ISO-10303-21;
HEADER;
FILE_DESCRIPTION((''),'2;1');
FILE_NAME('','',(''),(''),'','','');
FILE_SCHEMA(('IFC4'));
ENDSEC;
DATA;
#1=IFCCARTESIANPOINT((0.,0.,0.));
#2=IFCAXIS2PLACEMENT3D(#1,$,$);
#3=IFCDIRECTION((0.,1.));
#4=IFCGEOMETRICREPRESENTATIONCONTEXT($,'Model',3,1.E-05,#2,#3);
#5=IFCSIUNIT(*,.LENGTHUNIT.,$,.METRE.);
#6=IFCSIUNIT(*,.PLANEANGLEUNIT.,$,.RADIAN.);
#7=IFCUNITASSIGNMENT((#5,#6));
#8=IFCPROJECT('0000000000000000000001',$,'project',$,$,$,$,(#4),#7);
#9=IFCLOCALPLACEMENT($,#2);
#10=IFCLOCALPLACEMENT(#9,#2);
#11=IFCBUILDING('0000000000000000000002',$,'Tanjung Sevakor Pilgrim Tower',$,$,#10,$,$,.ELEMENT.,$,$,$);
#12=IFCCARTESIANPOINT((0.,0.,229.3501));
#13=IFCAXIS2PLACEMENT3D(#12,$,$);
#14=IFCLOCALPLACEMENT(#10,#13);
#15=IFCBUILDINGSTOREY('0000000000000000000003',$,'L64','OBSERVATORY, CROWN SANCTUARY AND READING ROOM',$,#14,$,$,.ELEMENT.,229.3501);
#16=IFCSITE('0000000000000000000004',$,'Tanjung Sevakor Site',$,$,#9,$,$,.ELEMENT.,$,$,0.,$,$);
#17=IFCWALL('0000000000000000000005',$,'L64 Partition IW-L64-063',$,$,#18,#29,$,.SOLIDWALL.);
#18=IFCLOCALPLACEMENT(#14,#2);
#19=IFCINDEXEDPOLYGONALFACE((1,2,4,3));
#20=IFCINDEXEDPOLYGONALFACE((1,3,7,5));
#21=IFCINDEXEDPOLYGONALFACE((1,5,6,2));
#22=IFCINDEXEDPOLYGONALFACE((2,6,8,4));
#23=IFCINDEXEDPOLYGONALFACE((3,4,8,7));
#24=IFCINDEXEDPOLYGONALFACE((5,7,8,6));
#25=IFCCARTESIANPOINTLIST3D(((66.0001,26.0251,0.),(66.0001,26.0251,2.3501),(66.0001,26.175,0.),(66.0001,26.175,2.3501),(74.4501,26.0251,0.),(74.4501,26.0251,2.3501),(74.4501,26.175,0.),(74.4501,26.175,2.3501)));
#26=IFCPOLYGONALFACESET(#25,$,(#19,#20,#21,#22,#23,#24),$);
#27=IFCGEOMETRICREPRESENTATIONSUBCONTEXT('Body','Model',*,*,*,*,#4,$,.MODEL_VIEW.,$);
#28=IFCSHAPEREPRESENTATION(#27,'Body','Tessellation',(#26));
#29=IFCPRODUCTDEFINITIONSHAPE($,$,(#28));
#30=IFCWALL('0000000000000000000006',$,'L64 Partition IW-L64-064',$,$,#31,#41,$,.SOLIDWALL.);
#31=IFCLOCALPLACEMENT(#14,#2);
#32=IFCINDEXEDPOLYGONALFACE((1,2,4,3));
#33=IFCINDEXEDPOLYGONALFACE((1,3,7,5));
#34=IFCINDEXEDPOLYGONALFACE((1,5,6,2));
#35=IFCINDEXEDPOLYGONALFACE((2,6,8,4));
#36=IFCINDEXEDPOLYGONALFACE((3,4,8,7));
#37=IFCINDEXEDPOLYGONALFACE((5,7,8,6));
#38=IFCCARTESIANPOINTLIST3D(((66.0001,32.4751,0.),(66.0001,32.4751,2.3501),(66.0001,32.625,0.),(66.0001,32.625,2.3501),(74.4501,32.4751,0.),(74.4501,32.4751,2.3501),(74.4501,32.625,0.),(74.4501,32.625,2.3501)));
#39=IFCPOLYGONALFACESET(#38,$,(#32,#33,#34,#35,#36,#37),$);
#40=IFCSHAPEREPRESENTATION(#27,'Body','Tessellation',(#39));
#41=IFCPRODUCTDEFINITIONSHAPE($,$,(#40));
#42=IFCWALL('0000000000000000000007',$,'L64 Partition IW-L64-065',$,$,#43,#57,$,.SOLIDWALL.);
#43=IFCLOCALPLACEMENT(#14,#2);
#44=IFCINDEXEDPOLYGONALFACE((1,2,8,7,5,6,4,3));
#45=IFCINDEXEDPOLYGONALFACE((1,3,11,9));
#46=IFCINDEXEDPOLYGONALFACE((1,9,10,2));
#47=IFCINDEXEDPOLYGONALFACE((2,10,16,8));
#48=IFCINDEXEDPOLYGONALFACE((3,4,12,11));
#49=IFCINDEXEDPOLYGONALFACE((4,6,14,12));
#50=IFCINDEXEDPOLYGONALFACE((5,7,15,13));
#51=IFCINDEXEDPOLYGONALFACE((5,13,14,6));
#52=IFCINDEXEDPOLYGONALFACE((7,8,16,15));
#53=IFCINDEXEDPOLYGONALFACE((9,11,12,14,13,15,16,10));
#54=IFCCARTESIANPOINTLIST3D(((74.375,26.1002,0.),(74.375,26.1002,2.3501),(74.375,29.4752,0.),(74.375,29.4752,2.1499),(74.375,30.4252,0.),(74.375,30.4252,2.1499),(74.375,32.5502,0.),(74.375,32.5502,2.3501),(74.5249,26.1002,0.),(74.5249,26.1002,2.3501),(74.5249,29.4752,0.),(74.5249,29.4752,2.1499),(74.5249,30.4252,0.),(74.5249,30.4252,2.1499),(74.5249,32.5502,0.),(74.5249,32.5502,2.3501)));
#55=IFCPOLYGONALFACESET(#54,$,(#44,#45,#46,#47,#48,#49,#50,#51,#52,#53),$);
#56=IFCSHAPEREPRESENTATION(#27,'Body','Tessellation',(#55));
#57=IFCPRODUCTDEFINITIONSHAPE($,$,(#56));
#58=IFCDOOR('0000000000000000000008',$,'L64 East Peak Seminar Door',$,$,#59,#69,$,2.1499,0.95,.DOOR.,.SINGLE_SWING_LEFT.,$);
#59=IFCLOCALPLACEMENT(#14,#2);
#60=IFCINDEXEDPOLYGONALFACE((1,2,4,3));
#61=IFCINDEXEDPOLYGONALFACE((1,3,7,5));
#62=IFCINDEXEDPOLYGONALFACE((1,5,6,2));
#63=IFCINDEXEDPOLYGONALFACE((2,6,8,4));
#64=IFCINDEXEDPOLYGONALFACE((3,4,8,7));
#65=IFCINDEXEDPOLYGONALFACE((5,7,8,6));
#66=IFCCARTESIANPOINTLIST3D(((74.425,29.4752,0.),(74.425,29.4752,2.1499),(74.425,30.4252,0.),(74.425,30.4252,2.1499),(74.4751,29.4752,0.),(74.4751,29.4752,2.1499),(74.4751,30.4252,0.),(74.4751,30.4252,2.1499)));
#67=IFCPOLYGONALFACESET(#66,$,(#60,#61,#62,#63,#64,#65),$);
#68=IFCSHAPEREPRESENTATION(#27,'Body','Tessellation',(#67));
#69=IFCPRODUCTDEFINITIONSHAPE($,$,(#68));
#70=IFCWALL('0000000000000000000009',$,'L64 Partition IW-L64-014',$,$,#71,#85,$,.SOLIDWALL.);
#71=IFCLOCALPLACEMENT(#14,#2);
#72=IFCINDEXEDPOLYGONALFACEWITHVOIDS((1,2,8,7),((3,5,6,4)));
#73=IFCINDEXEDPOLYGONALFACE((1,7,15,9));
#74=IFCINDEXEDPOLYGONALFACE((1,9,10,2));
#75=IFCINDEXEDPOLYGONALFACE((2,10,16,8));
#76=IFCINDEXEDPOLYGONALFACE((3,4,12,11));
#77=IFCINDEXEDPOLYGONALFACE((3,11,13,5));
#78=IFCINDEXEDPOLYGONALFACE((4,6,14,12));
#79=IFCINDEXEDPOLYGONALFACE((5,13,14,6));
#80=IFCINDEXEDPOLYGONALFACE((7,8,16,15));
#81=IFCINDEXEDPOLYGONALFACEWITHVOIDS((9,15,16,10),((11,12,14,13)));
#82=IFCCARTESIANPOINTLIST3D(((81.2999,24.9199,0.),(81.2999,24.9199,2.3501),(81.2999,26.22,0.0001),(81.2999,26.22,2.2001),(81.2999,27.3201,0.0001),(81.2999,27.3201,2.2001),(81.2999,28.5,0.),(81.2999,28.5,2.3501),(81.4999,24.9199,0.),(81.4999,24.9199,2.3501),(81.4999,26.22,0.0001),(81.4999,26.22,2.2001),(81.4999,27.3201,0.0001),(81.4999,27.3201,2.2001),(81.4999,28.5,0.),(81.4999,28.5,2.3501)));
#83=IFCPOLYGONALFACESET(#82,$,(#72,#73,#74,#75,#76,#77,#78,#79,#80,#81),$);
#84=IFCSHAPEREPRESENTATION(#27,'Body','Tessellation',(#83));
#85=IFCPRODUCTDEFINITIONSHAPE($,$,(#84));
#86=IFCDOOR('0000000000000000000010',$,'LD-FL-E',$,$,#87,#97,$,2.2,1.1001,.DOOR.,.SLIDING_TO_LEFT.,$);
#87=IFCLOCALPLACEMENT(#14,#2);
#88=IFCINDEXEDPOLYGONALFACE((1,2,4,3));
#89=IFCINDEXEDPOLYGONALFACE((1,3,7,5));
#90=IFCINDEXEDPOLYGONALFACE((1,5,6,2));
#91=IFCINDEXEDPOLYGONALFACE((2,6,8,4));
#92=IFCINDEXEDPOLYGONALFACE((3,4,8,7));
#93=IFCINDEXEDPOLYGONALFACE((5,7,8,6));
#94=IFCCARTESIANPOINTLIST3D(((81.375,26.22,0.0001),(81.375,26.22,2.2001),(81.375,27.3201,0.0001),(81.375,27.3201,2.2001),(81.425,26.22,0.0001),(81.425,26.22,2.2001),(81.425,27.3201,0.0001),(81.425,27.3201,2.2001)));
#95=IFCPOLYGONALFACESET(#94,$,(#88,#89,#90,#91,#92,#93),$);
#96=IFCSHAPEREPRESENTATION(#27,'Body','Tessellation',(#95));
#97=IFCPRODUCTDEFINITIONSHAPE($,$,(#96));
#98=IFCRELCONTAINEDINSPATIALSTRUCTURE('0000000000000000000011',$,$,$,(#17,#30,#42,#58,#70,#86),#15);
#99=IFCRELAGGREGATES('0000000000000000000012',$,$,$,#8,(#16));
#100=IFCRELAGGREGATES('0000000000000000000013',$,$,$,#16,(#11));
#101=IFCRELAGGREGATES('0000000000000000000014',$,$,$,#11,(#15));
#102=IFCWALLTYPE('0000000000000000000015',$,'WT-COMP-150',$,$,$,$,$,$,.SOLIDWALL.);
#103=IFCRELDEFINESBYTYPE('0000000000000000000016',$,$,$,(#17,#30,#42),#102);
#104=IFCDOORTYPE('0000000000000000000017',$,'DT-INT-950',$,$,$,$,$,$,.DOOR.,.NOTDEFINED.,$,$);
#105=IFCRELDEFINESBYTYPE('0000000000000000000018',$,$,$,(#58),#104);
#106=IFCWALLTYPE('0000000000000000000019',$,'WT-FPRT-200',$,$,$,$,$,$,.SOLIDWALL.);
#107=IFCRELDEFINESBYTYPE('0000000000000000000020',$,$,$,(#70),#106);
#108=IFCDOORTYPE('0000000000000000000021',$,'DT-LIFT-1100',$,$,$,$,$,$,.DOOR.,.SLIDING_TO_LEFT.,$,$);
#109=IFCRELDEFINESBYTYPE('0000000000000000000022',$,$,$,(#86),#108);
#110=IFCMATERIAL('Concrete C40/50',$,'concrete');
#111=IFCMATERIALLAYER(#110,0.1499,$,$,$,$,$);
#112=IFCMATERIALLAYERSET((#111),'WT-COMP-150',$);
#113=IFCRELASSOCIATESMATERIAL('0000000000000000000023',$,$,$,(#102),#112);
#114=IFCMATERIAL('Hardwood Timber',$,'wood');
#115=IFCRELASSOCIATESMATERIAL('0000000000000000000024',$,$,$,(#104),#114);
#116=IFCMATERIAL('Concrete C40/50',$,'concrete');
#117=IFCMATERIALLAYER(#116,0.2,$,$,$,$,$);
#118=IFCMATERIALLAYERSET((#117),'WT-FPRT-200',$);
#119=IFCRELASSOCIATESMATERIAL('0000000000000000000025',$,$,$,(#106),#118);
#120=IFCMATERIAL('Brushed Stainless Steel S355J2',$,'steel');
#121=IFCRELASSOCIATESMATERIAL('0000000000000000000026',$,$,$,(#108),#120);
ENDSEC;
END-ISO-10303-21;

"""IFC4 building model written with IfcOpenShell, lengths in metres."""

from ifc_helpers import new_model, si_unit, direction, frame, frame_2d, origin, place, context, subcontext, project, spatial, rectangle, extrude, material, layer, layer_set, type_object, element, fill, save


model = new_model("IFC4")

# Units and contexts
model_context = context("Model", 3, precision=1e-05, world=origin(), true_north=direction((0.0, 1.0)))
body_context = subcontext(model_context, "Body", "Model", "MODEL_VIEW")
ifc_project = project(units=[si_unit("LENGTHUNIT", "METRE"), si_unit("PLANEANGLEUNIT", "RADIAN")], contexts=[model_context])

# Site, building, storey
site_placement = place(None, origin())
site = spatial("IfcSite", under=ifc_project, at=site_placement, Name="Tanjung Sevakor Site", CompositionType="ELEMENT", RefElevation=0.0)
building_placement = place(site_placement, origin())
building = spatial("IfcBuilding", under=site, at=building_placement, Name="Tanjung Sevakor Pilgrim Tower", CompositionType="ELEMENT")
storey_placement = place(building_placement, frame((0.0, 0.0, 229.3501)))
storey = spatial("IfcBuildingStorey", under=building, at=storey_placement, Name="L64", Description="OBSERVATORY, CROWN SANCTUARY AND READING ROOM", CompositionType="ELEMENT", Elevation=229.3501)

# Shared definitions
ifc_material_1 = material(Name="Concrete C40/50", Category="concrete")
ifc_layer_1 = layer(ifc_material_1, 0.1499)
ifc_layer_set_1 = layer_set([ifc_layer_1], Name="WT-COMP-150")
wall_type_1 = type_object("IfcWallType", Name="WT-COMP-150", PredefinedType="SOLIDWALL", material=ifc_layer_set_1)

# Walls
for number, where, z_axis, x_axis, name in (
    (1, (66.0, 26.1001, 0.0), (0.0, 0.0, 1.0), (1.0, 0.0, 0.0), "L64 Partition IW-L64-063"),
    (2, (66.0, 32.55, 0.0), (0.0, 0.0, 1.0), (1.0, 0.0, 0.0), "L64 Partition IW-L64-064"),
):
    element("IfcWall", number, at=place(storey_placement, frame(where, z_axis=z_axis, x_axis=x_axis)), inside=storey, type_object=wall_type_1, Name=name, PredefinedType="SOLIDWALL", context=body_context, shape_type="SweptSolid", body=[
        extrude(rectangle(XDim=8.45, YDim=0.1499, at=frame_2d((4.2251, 0.0))), origin(), (0.0, 0.0, 1.0), 2.3501),
    ])

# Walls, openings, doors
wall_1_placement = place(storey_placement, frame((74.45, 26.1001, 0.0), z_axis=(0.0, 0.0, 1.0), x_axis=(0.0, 1.0, 0.0)))
wall_1 = element("IfcWall", 3, at=wall_1_placement, inside=storey, type_object=wall_type_1, Name="L64 Partition IW-L64-065", PredefinedType="SOLIDWALL", context=body_context, shape_type="SweptSolid", body=[
    extrude(rectangle(XDim=6.45, YDim=0.1499, at=frame_2d((3.2251, 0.0))), origin(), (0.0, 0.0, 1.0), 2.3501),
])
opening_1_placement = place(wall_1_placement, frame((3.375, 0.0, 0.0)))
opening_1 = element("IfcOpeningElement", 4, at=opening_1_placement, cuts=wall_1, PredefinedType="OPENING", context=body_context, shape_type="SweptSolid", body=[
    extrude(rectangle(XDim=0.95, YDim=2.1499, at=frame_2d((0.4751, 1.075))), frame((0.0, 0.085, 0.0), z_axis=(0.0, -1.0, 0.0), x_axis=(1.0, 0.0, 0.0)), (0.0, 0.0, 1.0), 0.1699),
])
ifc_material_2 = material(Name="Hardwood Timber", Category="wood")
door_type_1 = type_object("IfcDoorType", Name="DT-INT-950", OperationType="NOTDEFINED", PredefinedType="DOOR", material=ifc_material_2)
door_1_placement = place(opening_1_placement, origin())
door_1 = element("IfcDoor", 5, at=door_1_placement, inside=storey, type_object=door_type_1, Name="L64 East Peak Seminar Door", OperationType="SINGLE_SWING_LEFT", OverallHeight=2.1499, OverallWidth=0.95, PredefinedType="DOOR", context=body_context, shape_type="SweptSolid", body=[
    extrude(rectangle(XDim=0.95, YDim=2.1499, at=frame_2d((0.4751, 1.075))), frame((0.0, 0.0249, 0.0), z_axis=(0.0, -1.0, 0.0), x_axis=(1.0, 0.0, 0.0)), (0.0, 0.0, 1.0), 0.05),
])
fill(opening_1, door_1)
ifc_material_3 = material(Name="Concrete C40/50", Category="concrete")
ifc_layer_2 = layer(ifc_material_3, 0.2)
ifc_layer_set_2 = layer_set([ifc_layer_2], Name="WT-FPRT-200")
wall_type_2 = type_object("IfcWallType", Name="WT-FPRT-200", PredefinedType="SOLIDWALL", material=ifc_layer_set_2)
wall_2_placement = place(storey_placement, frame((81.3999, 24.9199, 0.0), z_axis=(0.0, 0.0, 1.0), x_axis=(0.0, 1.0, 0.0)))
wall_2 = element("IfcWall", 6, at=wall_2_placement, inside=storey, type_object=wall_type_2, Name="L64 Partition IW-L64-014", PredefinedType="SOLIDWALL", context=body_context, shape_type="SweptSolid", body=[
    extrude(rectangle(XDim=3.5801, YDim=0.2, at=frame_2d((1.79, 0.0))), origin(), (0.0, 0.0, 1.0), 2.3501),
])
opening_2_placement = place(wall_2_placement, frame((1.3, 0.0, 0.0)))
opening_2 = element("IfcOpeningElement", 7, at=opening_2_placement, cuts=wall_2, PredefinedType="OPENING", context=body_context, shape_type="SweptSolid", body=[
    extrude(rectangle(XDim=1.1001, YDim=2.2, at=frame_2d((0.55, 1.1001))), frame((0.0, 0.1099, 0.0), z_axis=(0.0, -1.0, 0.0), x_axis=(1.0, 0.0, 0.0)), (0.0, 0.0, 1.0), 0.22),
])
ifc_material_4 = material(Name="Brushed Stainless Steel S355J2", Category="steel")
door_type_2 = type_object("IfcDoorType", Name="DT-LIFT-1100", OperationType="SLIDING_TO_LEFT", PredefinedType="DOOR", material=ifc_material_4)
door_2_placement = place(opening_2_placement, origin())
door_2 = element("IfcDoor", 8, at=door_2_placement, inside=storey, type_object=door_type_2, Name="LD-FL-E", OperationType="SLIDING_TO_LEFT", OverallHeight=2.2, OverallWidth=1.1001, PredefinedType="DOOR", context=body_context, shape_type="SweptSolid", body=[
    extrude(rectangle(XDim=1.1001, YDim=2.2, at=frame_2d((0.55, 1.1001))), frame((0.0, 0.0249, 0.0), z_axis=(0.0, -1.0, 0.0), x_axis=(1.0, 0.0, 0.0)), (0.0, 0.0, 1.0), 0.05),
])
fill(opening_2, door_2)

save(model, "model.ifc")
